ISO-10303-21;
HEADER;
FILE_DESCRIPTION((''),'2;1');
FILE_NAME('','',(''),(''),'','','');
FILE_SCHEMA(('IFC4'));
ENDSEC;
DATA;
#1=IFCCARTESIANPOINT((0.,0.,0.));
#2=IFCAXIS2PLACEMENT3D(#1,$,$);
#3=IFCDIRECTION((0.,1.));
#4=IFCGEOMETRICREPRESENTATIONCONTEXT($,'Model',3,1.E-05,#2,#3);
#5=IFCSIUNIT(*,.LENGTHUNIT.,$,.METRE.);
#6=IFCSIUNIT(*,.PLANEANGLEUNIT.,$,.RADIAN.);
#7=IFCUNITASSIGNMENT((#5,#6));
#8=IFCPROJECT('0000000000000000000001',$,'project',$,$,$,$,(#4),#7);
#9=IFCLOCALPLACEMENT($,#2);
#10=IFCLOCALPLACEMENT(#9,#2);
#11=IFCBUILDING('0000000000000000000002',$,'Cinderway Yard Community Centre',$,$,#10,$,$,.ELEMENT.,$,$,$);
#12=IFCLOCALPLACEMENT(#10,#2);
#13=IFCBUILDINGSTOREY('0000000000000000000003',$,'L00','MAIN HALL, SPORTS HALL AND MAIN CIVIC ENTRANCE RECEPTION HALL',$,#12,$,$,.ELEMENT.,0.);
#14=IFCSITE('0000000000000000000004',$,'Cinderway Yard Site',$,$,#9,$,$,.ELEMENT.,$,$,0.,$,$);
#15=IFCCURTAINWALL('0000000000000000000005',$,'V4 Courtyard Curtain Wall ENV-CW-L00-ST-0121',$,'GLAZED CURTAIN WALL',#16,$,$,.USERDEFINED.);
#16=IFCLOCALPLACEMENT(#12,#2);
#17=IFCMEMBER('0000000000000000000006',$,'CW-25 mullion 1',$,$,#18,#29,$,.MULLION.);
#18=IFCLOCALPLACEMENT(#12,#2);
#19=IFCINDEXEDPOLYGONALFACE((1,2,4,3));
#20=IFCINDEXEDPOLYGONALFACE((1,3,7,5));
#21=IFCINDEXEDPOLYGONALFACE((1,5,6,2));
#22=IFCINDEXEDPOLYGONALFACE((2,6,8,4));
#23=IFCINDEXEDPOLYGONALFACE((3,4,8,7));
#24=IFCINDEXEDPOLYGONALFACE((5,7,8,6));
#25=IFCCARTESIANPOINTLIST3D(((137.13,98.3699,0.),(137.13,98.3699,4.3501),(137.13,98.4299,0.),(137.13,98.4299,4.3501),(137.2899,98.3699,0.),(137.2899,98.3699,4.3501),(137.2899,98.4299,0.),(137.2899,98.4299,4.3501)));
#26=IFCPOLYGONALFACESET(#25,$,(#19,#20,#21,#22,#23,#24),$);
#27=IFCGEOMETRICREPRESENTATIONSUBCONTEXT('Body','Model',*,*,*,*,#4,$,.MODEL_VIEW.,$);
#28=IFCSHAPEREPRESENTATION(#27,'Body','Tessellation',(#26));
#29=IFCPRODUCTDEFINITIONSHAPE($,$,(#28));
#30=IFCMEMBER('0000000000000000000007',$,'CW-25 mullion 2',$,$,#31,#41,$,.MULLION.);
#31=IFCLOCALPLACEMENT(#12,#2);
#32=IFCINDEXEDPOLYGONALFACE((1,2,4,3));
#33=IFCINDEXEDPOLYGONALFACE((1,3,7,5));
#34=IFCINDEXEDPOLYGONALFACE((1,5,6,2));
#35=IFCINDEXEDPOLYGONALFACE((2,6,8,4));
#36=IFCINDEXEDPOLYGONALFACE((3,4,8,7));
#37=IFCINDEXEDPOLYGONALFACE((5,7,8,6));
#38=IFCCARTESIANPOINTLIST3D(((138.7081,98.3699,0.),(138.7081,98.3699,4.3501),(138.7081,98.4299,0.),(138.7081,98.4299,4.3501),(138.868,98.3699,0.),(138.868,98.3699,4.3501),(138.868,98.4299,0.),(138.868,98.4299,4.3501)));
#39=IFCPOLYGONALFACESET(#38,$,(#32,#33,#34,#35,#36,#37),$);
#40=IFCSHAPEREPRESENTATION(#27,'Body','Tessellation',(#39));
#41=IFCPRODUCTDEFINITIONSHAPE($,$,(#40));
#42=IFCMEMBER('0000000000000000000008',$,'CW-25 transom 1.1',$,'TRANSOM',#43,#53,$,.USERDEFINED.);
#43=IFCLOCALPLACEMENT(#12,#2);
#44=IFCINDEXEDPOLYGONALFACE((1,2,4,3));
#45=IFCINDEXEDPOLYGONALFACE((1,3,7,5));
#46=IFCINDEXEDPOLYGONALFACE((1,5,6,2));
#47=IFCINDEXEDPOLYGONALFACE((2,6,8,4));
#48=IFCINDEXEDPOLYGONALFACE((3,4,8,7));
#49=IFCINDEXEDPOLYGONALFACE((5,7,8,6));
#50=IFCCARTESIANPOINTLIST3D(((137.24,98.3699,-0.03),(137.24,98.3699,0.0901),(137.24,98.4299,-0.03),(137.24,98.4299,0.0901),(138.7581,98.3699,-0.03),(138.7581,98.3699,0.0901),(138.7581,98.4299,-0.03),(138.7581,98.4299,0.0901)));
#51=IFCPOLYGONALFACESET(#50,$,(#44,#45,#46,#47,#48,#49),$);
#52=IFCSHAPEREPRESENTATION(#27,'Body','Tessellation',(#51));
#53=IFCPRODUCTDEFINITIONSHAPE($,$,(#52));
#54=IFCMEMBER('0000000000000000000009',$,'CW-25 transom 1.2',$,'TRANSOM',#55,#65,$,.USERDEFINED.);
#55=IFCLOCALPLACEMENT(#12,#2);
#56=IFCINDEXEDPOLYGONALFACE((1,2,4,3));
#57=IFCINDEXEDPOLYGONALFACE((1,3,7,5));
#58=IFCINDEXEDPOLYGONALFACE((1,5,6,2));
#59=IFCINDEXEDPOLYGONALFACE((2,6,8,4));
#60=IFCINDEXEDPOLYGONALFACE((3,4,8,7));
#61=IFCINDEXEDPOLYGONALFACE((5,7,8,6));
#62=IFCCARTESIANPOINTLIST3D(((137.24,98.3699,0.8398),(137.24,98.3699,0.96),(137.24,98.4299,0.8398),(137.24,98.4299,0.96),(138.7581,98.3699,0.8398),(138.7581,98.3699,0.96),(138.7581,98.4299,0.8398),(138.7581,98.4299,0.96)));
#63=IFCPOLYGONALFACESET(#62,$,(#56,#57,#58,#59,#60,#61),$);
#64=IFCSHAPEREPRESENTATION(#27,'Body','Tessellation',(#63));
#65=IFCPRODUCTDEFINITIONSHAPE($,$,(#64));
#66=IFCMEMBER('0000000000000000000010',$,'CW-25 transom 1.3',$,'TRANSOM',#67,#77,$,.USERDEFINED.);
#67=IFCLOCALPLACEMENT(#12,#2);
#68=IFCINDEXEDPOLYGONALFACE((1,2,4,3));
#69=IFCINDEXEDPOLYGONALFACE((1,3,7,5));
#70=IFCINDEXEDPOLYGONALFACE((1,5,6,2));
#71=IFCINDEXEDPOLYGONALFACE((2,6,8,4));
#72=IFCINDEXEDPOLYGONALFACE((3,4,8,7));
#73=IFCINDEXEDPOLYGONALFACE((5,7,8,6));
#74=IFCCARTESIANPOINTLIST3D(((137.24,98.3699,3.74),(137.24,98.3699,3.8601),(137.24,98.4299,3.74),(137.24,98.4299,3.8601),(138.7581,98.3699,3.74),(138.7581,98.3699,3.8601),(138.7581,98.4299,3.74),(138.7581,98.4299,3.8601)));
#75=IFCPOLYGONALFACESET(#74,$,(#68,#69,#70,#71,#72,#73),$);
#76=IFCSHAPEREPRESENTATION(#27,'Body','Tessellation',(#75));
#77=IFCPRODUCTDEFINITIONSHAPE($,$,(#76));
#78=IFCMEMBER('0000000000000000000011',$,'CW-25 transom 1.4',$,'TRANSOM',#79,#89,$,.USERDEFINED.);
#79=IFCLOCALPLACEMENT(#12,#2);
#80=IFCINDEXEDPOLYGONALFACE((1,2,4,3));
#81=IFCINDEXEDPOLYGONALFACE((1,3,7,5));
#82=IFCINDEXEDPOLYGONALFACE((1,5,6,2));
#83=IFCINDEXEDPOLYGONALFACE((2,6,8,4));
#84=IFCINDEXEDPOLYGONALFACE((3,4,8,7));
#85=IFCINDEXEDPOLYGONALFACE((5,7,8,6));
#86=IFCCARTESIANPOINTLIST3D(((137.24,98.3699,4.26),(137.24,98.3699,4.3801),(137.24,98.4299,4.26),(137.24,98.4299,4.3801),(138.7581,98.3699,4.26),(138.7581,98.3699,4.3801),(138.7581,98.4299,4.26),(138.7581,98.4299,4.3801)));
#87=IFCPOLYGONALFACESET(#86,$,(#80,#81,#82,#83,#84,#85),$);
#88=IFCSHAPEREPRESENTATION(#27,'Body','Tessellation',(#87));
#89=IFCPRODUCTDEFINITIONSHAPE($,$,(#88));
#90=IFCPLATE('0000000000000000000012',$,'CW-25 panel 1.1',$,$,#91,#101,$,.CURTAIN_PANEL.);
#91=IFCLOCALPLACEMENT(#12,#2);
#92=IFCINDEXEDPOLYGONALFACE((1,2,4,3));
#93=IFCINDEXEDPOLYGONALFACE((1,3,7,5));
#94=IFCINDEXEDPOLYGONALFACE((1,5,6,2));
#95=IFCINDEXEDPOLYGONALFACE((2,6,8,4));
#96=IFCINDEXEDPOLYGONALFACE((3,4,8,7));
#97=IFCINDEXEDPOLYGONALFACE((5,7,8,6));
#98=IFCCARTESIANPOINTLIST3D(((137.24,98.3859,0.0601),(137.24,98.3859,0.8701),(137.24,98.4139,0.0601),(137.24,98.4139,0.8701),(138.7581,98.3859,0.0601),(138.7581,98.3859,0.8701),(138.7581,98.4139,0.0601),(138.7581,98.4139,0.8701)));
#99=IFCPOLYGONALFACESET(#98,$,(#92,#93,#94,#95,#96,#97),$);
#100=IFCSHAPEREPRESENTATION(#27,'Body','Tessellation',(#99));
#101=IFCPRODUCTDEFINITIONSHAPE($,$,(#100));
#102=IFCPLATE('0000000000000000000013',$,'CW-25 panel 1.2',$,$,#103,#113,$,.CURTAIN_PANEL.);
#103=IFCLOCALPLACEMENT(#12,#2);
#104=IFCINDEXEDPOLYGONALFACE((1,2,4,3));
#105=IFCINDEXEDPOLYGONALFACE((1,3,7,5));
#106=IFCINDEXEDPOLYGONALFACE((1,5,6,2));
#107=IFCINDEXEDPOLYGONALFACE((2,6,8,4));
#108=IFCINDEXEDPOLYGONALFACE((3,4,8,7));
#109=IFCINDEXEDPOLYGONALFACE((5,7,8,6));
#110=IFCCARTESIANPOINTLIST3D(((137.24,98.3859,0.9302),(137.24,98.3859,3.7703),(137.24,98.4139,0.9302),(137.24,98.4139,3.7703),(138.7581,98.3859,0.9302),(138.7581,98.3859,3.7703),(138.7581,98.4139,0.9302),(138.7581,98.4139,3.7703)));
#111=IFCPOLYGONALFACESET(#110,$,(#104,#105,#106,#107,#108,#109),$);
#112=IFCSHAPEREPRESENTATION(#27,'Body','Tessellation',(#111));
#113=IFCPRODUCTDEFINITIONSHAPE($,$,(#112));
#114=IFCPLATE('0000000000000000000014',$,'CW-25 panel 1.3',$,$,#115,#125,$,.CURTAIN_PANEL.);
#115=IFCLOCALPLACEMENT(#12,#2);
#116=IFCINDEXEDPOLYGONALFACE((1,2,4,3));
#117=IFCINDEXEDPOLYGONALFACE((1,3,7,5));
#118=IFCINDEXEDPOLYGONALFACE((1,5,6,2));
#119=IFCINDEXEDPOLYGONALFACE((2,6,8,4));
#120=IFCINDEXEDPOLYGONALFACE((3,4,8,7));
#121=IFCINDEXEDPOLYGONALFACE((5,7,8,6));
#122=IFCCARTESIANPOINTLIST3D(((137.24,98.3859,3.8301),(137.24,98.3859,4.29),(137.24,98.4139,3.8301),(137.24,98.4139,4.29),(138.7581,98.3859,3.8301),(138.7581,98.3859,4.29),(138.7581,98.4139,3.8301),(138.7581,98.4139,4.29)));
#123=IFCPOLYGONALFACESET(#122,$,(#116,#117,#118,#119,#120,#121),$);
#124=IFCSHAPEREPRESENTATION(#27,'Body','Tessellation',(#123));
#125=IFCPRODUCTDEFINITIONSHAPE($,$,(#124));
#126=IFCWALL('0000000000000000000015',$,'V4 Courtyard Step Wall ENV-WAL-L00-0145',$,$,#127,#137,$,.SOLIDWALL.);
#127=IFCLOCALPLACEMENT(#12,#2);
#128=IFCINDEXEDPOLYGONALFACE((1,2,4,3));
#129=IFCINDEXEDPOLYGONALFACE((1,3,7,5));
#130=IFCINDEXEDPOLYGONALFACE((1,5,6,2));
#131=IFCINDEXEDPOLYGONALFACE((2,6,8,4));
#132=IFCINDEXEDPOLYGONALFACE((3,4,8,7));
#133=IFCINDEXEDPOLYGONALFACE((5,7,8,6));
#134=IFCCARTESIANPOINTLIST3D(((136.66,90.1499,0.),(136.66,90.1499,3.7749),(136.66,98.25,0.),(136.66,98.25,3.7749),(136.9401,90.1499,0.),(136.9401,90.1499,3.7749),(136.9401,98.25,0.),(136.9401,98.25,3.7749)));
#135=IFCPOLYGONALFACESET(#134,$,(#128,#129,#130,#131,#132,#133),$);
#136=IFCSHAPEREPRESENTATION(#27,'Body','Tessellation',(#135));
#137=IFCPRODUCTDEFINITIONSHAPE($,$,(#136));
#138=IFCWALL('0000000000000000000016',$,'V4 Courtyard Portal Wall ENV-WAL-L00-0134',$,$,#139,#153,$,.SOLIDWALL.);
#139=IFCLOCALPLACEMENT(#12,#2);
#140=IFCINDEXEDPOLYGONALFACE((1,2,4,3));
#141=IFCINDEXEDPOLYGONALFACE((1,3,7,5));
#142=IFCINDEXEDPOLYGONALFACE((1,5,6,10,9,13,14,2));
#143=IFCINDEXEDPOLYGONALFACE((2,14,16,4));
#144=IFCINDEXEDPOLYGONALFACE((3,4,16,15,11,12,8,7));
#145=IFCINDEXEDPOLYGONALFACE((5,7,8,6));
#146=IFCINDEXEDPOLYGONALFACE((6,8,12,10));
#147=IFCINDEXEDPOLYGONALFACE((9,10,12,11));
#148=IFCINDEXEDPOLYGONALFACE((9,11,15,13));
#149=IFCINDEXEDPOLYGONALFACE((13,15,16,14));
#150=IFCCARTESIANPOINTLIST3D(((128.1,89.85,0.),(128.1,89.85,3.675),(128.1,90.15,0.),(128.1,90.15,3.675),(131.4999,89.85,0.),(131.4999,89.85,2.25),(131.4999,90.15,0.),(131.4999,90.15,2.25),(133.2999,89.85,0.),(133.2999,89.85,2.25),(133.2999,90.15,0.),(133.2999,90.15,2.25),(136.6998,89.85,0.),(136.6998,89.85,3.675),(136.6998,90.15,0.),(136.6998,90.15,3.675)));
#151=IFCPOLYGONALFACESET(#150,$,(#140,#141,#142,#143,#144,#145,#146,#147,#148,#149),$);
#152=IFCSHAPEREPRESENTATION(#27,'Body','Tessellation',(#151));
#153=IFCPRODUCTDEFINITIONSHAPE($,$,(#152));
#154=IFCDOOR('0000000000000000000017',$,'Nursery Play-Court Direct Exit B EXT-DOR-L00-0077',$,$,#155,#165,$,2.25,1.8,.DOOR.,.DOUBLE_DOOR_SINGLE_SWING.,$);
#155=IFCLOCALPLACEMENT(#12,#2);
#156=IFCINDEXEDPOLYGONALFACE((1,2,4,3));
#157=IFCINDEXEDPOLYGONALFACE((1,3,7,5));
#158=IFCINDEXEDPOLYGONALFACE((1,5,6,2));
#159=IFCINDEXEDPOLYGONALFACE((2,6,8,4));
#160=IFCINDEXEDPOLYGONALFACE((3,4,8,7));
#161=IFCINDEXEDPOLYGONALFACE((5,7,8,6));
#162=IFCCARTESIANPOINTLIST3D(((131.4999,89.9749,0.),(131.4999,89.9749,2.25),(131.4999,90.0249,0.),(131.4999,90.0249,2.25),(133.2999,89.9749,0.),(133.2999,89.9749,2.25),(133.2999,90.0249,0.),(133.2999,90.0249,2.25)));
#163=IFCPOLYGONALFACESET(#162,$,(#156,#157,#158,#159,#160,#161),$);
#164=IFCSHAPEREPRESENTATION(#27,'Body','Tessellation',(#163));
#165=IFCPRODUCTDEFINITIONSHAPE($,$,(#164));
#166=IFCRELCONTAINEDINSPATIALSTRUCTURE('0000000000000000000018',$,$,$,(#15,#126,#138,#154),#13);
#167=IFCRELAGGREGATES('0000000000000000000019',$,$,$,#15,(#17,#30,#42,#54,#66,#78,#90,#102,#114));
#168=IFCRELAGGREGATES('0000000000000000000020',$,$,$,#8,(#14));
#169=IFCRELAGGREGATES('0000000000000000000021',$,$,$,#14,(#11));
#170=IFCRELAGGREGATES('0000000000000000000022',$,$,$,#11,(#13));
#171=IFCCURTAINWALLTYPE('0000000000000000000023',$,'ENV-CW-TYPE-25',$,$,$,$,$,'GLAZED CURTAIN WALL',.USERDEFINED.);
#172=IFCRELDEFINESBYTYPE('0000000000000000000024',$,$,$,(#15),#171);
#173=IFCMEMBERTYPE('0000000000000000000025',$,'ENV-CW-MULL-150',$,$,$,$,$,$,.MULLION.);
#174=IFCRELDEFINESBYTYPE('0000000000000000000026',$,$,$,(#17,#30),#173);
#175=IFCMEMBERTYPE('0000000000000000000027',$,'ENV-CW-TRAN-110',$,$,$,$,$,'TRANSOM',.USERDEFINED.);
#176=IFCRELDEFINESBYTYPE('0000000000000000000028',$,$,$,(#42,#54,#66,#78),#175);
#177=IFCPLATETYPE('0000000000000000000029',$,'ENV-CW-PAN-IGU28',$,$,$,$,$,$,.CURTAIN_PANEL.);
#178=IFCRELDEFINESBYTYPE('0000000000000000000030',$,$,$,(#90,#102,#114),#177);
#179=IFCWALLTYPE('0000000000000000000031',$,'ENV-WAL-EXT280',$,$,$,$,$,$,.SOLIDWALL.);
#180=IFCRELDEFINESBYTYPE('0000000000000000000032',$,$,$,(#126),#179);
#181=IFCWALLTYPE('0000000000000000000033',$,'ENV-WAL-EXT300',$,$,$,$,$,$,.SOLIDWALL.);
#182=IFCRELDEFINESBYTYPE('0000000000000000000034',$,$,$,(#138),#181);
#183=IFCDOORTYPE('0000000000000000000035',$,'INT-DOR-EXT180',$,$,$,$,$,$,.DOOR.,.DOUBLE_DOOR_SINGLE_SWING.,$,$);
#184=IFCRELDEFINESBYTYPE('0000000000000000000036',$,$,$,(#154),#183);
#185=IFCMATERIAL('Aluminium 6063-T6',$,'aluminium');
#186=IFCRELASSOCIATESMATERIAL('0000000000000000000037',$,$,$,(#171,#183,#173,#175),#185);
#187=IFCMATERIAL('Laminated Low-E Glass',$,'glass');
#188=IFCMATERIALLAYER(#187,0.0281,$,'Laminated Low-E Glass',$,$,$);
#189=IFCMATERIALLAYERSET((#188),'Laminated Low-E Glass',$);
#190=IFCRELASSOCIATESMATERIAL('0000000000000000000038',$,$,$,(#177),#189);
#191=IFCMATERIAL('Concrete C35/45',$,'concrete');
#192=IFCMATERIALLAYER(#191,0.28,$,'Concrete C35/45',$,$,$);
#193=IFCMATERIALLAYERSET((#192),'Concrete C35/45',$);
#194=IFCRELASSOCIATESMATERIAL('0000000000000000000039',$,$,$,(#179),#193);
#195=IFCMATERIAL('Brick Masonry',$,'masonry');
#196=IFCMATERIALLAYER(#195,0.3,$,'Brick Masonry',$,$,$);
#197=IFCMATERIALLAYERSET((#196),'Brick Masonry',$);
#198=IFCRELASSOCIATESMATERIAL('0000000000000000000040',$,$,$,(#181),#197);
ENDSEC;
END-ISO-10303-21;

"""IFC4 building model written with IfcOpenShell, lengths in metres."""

from ifc_helpers import new_model, si_unit, direction, frame, frame_2d, origin, origin_2d, place, context, subcontext, project, spatial, rectangle, extrude, material, layer, layer_set, material_profile, profile_set, type_object, element, fill, aggregate, save


model = new_model("IFC4")

# Units and contexts
model_context = context("Model", 3, precision=1e-05, world=origin(), true_north=direction((0.0, 1.0)))
body_context = subcontext(model_context, "Body", "Model", "MODEL_VIEW")
ifc_project = project(units=[si_unit("LENGTHUNIT", "METRE"), si_unit("PLANEANGLEUNIT", "RADIAN")], contexts=[model_context])

# Site, building, storey
site_placement = place(None, origin())
site = spatial("IfcSite", under=ifc_project, at=site_placement, Name="Cinderway Yard Site", CompositionType="ELEMENT", RefElevation=0.0)
building_placement = place(site_placement, origin())
building = spatial("IfcBuilding", under=site, at=building_placement, Name="Cinderway Yard Community Centre", CompositionType="ELEMENT")
storey_placement = place(building_placement, origin())
storey = spatial("IfcBuildingStorey", under=building, at=storey_placement, Name="L00", Description="MAIN HALL, SPORTS HALL AND MAIN CIVIC ENTRANCE RECEPTION HALL", CompositionType="ELEMENT", Elevation=0.0)

# Curtain wall, members, plates
ifc_material_1 = material(Name="Aluminium 6063-T6", Category="aluminium")
curtain_wall_type = type_object("IfcCurtainWallType", Name="ENV-CW-TYPE-25", ElementType="GLAZED CURTAIN WALL", PredefinedType="USERDEFINED", material=ifc_material_1)
curtain_wall_placement = place(storey_placement, origin())
curtain_wall = element("IfcCurtainWall", 1, at=curtain_wall_placement, inside=storey, type_object=curtain_wall_type, Name="V4 Courtyard Curtain Wall ENV-CW-L00-ST-0121", ObjectType="GLAZED CURTAIN WALL", PredefinedType="USERDEFINED")
ifc_material_profile_1 = material_profile(ifc_material_1, rectangle(XDim=0.0601, YDim=0.1599, at=origin_2d()), Name="Aluminium 6063-T6")
ifc_profile_set_1 = profile_set([ifc_material_profile_1], Name="Aluminium 6063-T6")
member_type_1 = type_object("IfcMemberType", Name="ENV-CW-MULL-150", PredefinedType="MULLION", material=ifc_profile_set_1)
member_1_placement = place(storey_placement, frame((137.21, 98.3999, 0.0), z_axis=(0.0, 0.0, 1.0), x_axis=(0.0, 1.0, 0.0)))
member_1 = element("IfcMember", 2, at=member_1_placement, type_object=member_type_1, Name="CW-25 mullion 1", PredefinedType="MULLION", context=body_context, shape_type="SweptSolid", body=[
    extrude(rectangle(XDim=0.0601, YDim=0.1599, at=origin_2d()), origin(), (0.0, 0.0, 1.0), 4.3501),
])
member_2_placement = place(storey_placement, frame((138.7881, 98.3999, 0.0), z_axis=(0.0, 0.0, 1.0), x_axis=(0.0, 1.0, 0.0)))
member_2 = element("IfcMember", 3, at=member_2_placement, type_object=member_type_1, Name="CW-25 mullion 2", PredefinedType="MULLION", context=body_context, shape_type="SweptSolid", body=[
    extrude(rectangle(XDim=0.0601, YDim=0.1599, at=origin_2d()), origin(), (0.0, 0.0, 1.0), 4.3501),
])
ifc_material_profile_2 = material_profile(ifc_material_1, rectangle(XDim=0.0601, YDim=0.1201, at=origin_2d()), Name="Aluminium 6063-T6")
ifc_profile_set_2 = profile_set([ifc_material_profile_2], Name="Aluminium 6063-T6")
member_type_2 = type_object("IfcMemberType", Name="ENV-CW-TRAN-110", ElementType="TRANSOM", PredefinedType="USERDEFINED", material=ifc_profile_set_2)
member_3_placement = place(storey_placement, frame((137.24, 98.3999, 0.03), z_axis=(1.0, 0.0, 0.0), x_axis=(0.0, 1.0, 0.0)))
member_3 = element("IfcMember", 4, at=member_3_placement, type_object=member_type_2, Name="CW-25 transom 1.1", ObjectType="TRANSOM", PredefinedType="USERDEFINED", context=body_context, shape_type="SweptSolid", body=[
    extrude(rectangle(XDim=0.0601, YDim=0.1201, at=origin_2d()), origin(), (0.0, 0.0, 1.0), 1.5181),
])
member_4_placement = place(storey_placement, frame((137.24, 98.3999, 0.8999), z_axis=(1.0, 0.0, 0.0), x_axis=(0.0, 1.0, 0.0)))
member_4 = element("IfcMember", 5, at=member_4_placement, type_object=member_type_2, Name="CW-25 transom 1.2", ObjectType="TRANSOM", PredefinedType="USERDEFINED", context=body_context, shape_type="SweptSolid", body=[
    extrude(rectangle(XDim=0.0601, YDim=0.1201, at=origin_2d()), origin(), (0.0, 0.0, 1.0), 1.5181),
])
member_5_placement = place(storey_placement, frame((137.24, 98.3999, 3.8), z_axis=(1.0, 0.0, 0.0), x_axis=(0.0, 1.0, 0.0)))
member_5 = element("IfcMember", 6, at=member_5_placement, type_object=member_type_2, Name="CW-25 transom 1.3", ObjectType="TRANSOM", PredefinedType="USERDEFINED", context=body_context, shape_type="SweptSolid", body=[
    extrude(rectangle(XDim=0.0601, YDim=0.1201, at=origin_2d()), origin(), (0.0, 0.0, 1.0), 1.5181),
])
member_6_placement = place(storey_placement, frame((137.24, 98.3999, 4.3201), z_axis=(1.0, 0.0, 0.0), x_axis=(0.0, 1.0, 0.0)))
member_6 = element("IfcMember", 7, at=member_6_placement, type_object=member_type_2, Name="CW-25 transom 1.4", ObjectType="TRANSOM", PredefinedType="USERDEFINED", context=body_context, shape_type="SweptSolid", body=[
    extrude(rectangle(XDim=0.0601, YDim=0.1201, at=origin_2d()), origin(), (0.0, 0.0, 1.0), 1.5181),
])
ifc_material_2 = material(Name="Laminated Low-E Glass", Category="glass")
ifc_layer_1 = layer(ifc_material_2, 0.0281, Name="Laminated Low-E Glass")
ifc_layer_set_1 = layer_set([ifc_layer_1], Name="Laminated Low-E Glass")
plate_type = type_object("IfcPlateType", Name="ENV-CW-PAN-IGU28", PredefinedType="CURTAIN_PANEL", material=ifc_layer_set_1)
plate_1_placement = place(storey_placement, frame((137.999, 98.3999, 0.0601), z_axis=(0.0, 0.0, 1.0), x_axis=(1.0, 0.0, 0.0)))
plate_1 = element("IfcPlate", 8, at=plate_1_placement, type_object=plate_type, Name="CW-25 panel 1.1", PredefinedType="CURTAIN_PANEL", context=body_context, shape_type="SweptSolid", body=[
    extrude(rectangle(XDim=1.5181, YDim=0.0281, at=origin_2d()), origin(), (0.0, 0.0, 1.0), 0.8101),
])
plate_2_placement = place(storey_placement, frame((137.999, 98.3999, 0.9302), z_axis=(0.0, 0.0, 1.0), x_axis=(1.0, 0.0, 0.0)))
plate_2 = element("IfcPlate", 9, at=plate_2_placement, type_object=plate_type, Name="CW-25 panel 1.2", PredefinedType="CURTAIN_PANEL", context=body_context, shape_type="SweptSolid", body=[
    extrude(rectangle(XDim=1.5181, YDim=0.0281, at=origin_2d()), origin(), (0.0, 0.0, 1.0), 2.8401),
])
plate_3_placement = place(storey_placement, frame((137.999, 98.3999, 3.8301), z_axis=(0.0, 0.0, 1.0), x_axis=(1.0, 0.0, 0.0)))
plate_3 = element("IfcPlate", 10, at=plate_3_placement, type_object=plate_type, Name="CW-25 panel 1.3", PredefinedType="CURTAIN_PANEL", context=body_context, shape_type="SweptSolid", body=[
    extrude(rectangle(XDim=1.5181, YDim=0.0281, at=origin_2d()), origin(), (0.0, 0.0, 1.0), 0.46),
])
aggregate(curtain_wall, [member_1, member_2, member_3, member_4, member_5, member_6, plate_1, plate_2, plate_3])

# Wall
ifc_material_3 = material(Name="Concrete C35/45", Category="concrete")
ifc_layer_2 = layer(ifc_material_3, 0.28, Name="Concrete C35/45")
ifc_layer_set_2 = layer_set([ifc_layer_2], Name="Concrete C35/45")
wall_type_1 = type_object("IfcWallType", Name="ENV-WAL-EXT280", PredefinedType="SOLIDWALL", material=ifc_layer_set_2)
wall_1_placement = place(storey_placement, frame((136.8, 90.1499, 0.0), z_axis=(0.0, 0.0, 1.0), x_axis=(0.0, 1.0, 0.0)))
element("IfcWall", 11, at=wall_1_placement, inside=storey, type_object=wall_type_1, Name="V4 Courtyard Step Wall ENV-WAL-L00-0145", PredefinedType="SOLIDWALL", context=body_context, shape_type="SweptSolid", body=[
    extrude(rectangle(XDim=8.1001, YDim=0.28, at=frame_2d((4.05, 0.0))), origin(), (0.0, 0.0, 1.0), 3.7749),
])

# Wall, opening, door
ifc_material_4 = material(Name="Brick Masonry", Category="masonry")
ifc_layer_3 = layer(ifc_material_4, 0.3, Name="Brick Masonry")
ifc_layer_set_3 = layer_set([ifc_layer_3], Name="Brick Masonry")
wall_type_2 = type_object("IfcWallType", Name="ENV-WAL-EXT300", PredefinedType="SOLIDWALL", material=ifc_layer_set_3)
wall_2_placement = place(storey_placement, frame((128.1001, 90.0, 0.0), z_axis=(0.0, 0.0, 1.0), x_axis=(1.0, 0.0, 0.0)))
wall_2 = element("IfcWall", 12, at=wall_2_placement, inside=storey, type_object=wall_type_2, Name="V4 Courtyard Portal Wall ENV-WAL-L00-0134", PredefinedType="SOLIDWALL", context=body_context, shape_type="SweptSolid", body=[
    extrude(rectangle(XDim=8.5999, YDim=0.3, at=frame_2d((4.2998, 0.0))), origin(), (0.0, 0.0, 1.0), 3.675),
])
opening_placement = place(wall_2_placement, frame((3.3999, 0.0, 0.0)))
opening = element("IfcOpeningElement", 13, at=opening_placement, cuts=wall_2, PredefinedType="OPENING", context=body_context, shape_type="SweptSolid", body=[
    extrude(rectangle(XDim=1.8, YDim=2.25, at=frame_2d((0.8999, 1.125))), frame((0.0, 0.1599, 0.0), z_axis=(0.0, -1.0, 0.0), x_axis=(1.0, 0.0, 0.0)), (0.0, 0.0, 1.0), 0.3201),
])
door_type = type_object("IfcDoorType", Name="INT-DOR-EXT180", OperationType="DOUBLE_DOOR_SINGLE_SWING", PredefinedType="DOOR", material=ifc_material_1)
door_placement = place(opening_placement, origin())
door = element("IfcDoor", 14, at=door_placement, inside=storey, type_object=door_type, Name="Nursery Play-Court Direct Exit B EXT-DOR-L00-0077", OperationType="DOUBLE_DOOR_SINGLE_SWING", OverallHeight=2.25, OverallWidth=1.8, PredefinedType="DOOR", context=body_context, shape_type="SweptSolid", body=[
    extrude(rectangle(XDim=1.8, YDim=2.25, at=frame_2d((0.8999, 1.125))), frame((0.0, 0.0249, 0.0), z_axis=(0.0, -1.0, 0.0), x_axis=(1.0, 0.0, 0.0)), (0.0, 0.0, 1.0), 0.05),
])
fill(opening, door)

save(model, "model.ifc")
